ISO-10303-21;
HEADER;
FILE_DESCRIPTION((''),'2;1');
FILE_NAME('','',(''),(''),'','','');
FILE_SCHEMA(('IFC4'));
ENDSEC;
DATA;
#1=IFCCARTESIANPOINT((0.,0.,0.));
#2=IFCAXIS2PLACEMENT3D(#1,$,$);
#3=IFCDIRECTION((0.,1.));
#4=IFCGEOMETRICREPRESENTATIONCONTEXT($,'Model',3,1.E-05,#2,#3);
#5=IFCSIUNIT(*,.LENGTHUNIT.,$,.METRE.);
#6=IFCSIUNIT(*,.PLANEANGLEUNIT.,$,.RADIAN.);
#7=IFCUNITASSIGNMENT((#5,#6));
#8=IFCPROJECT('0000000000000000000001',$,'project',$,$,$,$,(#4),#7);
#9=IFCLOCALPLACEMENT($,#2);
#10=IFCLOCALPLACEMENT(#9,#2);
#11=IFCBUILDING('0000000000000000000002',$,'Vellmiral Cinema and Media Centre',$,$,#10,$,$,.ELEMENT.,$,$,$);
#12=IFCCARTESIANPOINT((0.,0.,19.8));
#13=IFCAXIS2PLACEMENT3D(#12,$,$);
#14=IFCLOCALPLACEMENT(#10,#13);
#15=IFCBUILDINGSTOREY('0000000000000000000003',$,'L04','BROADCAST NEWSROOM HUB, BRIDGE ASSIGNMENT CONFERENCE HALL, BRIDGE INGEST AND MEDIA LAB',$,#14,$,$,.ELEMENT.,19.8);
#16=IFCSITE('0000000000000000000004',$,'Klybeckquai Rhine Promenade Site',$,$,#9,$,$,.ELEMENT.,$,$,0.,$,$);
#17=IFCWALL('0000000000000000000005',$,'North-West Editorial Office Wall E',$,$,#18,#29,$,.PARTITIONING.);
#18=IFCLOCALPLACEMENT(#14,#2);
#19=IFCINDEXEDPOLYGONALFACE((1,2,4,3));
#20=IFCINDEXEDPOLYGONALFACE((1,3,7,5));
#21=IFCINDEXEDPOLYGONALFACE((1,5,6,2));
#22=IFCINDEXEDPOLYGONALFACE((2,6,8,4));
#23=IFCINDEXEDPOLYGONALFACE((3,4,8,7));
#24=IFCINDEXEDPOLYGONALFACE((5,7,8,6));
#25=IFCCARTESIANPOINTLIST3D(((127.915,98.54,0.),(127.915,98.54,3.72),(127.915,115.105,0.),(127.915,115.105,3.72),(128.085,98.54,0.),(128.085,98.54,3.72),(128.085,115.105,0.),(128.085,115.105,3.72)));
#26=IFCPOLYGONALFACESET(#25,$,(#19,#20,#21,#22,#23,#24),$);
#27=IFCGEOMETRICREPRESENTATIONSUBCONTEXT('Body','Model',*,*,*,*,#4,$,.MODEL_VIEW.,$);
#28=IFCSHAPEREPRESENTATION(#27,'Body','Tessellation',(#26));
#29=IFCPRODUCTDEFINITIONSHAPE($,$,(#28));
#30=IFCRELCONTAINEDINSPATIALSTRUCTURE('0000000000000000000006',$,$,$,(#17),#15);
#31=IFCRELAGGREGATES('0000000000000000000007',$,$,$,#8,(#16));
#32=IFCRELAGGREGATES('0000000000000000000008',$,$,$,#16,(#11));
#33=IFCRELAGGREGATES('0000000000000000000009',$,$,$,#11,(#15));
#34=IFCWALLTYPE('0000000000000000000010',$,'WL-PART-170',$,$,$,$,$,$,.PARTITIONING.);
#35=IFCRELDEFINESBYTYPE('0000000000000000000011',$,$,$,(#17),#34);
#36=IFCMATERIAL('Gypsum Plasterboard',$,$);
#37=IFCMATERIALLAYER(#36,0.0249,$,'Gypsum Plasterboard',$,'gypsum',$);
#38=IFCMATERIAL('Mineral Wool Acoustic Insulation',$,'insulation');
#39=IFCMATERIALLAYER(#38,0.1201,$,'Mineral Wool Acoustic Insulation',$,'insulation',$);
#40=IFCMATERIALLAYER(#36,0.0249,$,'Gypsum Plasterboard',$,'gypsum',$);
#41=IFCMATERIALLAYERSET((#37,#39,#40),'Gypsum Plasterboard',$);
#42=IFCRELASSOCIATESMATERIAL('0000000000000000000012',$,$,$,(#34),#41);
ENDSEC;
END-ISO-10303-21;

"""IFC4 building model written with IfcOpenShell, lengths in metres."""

from ifc_helpers import new_model, si_unit, direction, frame, frame_2d, origin, place, context, subcontext, project, spatial, rectangle, extrude, material, layer, layer_set, type_object, element, save


model = new_model("IFC4")

# Units and contexts
model_context = context("Model", 3, precision=1e-05, world=origin(), true_north=direction((0.0, 1.0)))
body_context = subcontext(model_context, "Body", "Model", "MODEL_VIEW")
ifc_project = project(units=[si_unit("LENGTHUNIT", "METRE"), si_unit("PLANEANGLEUNIT", "RADIAN")], contexts=[model_context])

# Site, building, storey
site_placement = place(None, origin())
site = spatial("IfcSite", under=ifc_project, at=site_placement, Name="Klybeckquai Rhine Promenade Site", CompositionType="ELEMENT", RefElevation=0.0)
building_placement = place(site_placement, origin())
building = spatial("IfcBuilding", under=site, at=building_placement, Name="Vellmiral Cinema and Media Centre", CompositionType="ELEMENT")
storey_placement = place(building_placement, frame((0.0, 0.0, 19.8)))
storey = spatial("IfcBuildingStorey", under=building, at=storey_placement, Name="L04", Description="BROADCAST NEWSROOM HUB, BRIDGE ASSIGNMENT CONFERENCE HALL, BRIDGE INGEST AND MEDIA LAB", CompositionType="ELEMENT", Elevation=19.8)

# Wall
ifc_material_1 = material(Name="Gypsum Plasterboard")
ifc_layer_1 = layer(ifc_material_1, 0.0249, Name="Gypsum Plasterboard", Category="gypsum")
ifc_material_2 = material(Name="Mineral Wool Acoustic Insulation", Category="insulation")
ifc_layer_2 = layer(ifc_material_2, 0.1201, Name="Mineral Wool Acoustic Insulation", Category="insulation")
ifc_layer_3 = layer(ifc_material_1, 0.0249, Name="Gypsum Plasterboard", Category="gypsum")
ifc_layer_set_1 = layer_set([ifc_layer_1, ifc_layer_2, ifc_layer_3], Name="Gypsum Plasterboard")
wall_type_1 = type_object("IfcWallType", Name="WL-PART-170", PredefinedType="PARTITIONING", material=ifc_layer_set_1)
wall_1_placement = place(storey_placement, frame((128.0, 98.54, 0.0), z_axis=(0.0, 0.0, 1.0), x_axis=(0.0, 1.0, 0.0)))
element("IfcWall", 1, at=wall_1_placement, inside=storey, type_object=wall_type_1, Name="North-West Editorial Office Wall E", PredefinedType="PARTITIONING", context=body_context, shape_type="SweptSolid", body=[
    extrude(rectangle(XDim=16.5649, YDim=0.1699, at=frame_2d((8.2825, 0.0))), origin(), (0.0, 0.0, 1.0), 3.72),
])

save(model, "model.ifc")
